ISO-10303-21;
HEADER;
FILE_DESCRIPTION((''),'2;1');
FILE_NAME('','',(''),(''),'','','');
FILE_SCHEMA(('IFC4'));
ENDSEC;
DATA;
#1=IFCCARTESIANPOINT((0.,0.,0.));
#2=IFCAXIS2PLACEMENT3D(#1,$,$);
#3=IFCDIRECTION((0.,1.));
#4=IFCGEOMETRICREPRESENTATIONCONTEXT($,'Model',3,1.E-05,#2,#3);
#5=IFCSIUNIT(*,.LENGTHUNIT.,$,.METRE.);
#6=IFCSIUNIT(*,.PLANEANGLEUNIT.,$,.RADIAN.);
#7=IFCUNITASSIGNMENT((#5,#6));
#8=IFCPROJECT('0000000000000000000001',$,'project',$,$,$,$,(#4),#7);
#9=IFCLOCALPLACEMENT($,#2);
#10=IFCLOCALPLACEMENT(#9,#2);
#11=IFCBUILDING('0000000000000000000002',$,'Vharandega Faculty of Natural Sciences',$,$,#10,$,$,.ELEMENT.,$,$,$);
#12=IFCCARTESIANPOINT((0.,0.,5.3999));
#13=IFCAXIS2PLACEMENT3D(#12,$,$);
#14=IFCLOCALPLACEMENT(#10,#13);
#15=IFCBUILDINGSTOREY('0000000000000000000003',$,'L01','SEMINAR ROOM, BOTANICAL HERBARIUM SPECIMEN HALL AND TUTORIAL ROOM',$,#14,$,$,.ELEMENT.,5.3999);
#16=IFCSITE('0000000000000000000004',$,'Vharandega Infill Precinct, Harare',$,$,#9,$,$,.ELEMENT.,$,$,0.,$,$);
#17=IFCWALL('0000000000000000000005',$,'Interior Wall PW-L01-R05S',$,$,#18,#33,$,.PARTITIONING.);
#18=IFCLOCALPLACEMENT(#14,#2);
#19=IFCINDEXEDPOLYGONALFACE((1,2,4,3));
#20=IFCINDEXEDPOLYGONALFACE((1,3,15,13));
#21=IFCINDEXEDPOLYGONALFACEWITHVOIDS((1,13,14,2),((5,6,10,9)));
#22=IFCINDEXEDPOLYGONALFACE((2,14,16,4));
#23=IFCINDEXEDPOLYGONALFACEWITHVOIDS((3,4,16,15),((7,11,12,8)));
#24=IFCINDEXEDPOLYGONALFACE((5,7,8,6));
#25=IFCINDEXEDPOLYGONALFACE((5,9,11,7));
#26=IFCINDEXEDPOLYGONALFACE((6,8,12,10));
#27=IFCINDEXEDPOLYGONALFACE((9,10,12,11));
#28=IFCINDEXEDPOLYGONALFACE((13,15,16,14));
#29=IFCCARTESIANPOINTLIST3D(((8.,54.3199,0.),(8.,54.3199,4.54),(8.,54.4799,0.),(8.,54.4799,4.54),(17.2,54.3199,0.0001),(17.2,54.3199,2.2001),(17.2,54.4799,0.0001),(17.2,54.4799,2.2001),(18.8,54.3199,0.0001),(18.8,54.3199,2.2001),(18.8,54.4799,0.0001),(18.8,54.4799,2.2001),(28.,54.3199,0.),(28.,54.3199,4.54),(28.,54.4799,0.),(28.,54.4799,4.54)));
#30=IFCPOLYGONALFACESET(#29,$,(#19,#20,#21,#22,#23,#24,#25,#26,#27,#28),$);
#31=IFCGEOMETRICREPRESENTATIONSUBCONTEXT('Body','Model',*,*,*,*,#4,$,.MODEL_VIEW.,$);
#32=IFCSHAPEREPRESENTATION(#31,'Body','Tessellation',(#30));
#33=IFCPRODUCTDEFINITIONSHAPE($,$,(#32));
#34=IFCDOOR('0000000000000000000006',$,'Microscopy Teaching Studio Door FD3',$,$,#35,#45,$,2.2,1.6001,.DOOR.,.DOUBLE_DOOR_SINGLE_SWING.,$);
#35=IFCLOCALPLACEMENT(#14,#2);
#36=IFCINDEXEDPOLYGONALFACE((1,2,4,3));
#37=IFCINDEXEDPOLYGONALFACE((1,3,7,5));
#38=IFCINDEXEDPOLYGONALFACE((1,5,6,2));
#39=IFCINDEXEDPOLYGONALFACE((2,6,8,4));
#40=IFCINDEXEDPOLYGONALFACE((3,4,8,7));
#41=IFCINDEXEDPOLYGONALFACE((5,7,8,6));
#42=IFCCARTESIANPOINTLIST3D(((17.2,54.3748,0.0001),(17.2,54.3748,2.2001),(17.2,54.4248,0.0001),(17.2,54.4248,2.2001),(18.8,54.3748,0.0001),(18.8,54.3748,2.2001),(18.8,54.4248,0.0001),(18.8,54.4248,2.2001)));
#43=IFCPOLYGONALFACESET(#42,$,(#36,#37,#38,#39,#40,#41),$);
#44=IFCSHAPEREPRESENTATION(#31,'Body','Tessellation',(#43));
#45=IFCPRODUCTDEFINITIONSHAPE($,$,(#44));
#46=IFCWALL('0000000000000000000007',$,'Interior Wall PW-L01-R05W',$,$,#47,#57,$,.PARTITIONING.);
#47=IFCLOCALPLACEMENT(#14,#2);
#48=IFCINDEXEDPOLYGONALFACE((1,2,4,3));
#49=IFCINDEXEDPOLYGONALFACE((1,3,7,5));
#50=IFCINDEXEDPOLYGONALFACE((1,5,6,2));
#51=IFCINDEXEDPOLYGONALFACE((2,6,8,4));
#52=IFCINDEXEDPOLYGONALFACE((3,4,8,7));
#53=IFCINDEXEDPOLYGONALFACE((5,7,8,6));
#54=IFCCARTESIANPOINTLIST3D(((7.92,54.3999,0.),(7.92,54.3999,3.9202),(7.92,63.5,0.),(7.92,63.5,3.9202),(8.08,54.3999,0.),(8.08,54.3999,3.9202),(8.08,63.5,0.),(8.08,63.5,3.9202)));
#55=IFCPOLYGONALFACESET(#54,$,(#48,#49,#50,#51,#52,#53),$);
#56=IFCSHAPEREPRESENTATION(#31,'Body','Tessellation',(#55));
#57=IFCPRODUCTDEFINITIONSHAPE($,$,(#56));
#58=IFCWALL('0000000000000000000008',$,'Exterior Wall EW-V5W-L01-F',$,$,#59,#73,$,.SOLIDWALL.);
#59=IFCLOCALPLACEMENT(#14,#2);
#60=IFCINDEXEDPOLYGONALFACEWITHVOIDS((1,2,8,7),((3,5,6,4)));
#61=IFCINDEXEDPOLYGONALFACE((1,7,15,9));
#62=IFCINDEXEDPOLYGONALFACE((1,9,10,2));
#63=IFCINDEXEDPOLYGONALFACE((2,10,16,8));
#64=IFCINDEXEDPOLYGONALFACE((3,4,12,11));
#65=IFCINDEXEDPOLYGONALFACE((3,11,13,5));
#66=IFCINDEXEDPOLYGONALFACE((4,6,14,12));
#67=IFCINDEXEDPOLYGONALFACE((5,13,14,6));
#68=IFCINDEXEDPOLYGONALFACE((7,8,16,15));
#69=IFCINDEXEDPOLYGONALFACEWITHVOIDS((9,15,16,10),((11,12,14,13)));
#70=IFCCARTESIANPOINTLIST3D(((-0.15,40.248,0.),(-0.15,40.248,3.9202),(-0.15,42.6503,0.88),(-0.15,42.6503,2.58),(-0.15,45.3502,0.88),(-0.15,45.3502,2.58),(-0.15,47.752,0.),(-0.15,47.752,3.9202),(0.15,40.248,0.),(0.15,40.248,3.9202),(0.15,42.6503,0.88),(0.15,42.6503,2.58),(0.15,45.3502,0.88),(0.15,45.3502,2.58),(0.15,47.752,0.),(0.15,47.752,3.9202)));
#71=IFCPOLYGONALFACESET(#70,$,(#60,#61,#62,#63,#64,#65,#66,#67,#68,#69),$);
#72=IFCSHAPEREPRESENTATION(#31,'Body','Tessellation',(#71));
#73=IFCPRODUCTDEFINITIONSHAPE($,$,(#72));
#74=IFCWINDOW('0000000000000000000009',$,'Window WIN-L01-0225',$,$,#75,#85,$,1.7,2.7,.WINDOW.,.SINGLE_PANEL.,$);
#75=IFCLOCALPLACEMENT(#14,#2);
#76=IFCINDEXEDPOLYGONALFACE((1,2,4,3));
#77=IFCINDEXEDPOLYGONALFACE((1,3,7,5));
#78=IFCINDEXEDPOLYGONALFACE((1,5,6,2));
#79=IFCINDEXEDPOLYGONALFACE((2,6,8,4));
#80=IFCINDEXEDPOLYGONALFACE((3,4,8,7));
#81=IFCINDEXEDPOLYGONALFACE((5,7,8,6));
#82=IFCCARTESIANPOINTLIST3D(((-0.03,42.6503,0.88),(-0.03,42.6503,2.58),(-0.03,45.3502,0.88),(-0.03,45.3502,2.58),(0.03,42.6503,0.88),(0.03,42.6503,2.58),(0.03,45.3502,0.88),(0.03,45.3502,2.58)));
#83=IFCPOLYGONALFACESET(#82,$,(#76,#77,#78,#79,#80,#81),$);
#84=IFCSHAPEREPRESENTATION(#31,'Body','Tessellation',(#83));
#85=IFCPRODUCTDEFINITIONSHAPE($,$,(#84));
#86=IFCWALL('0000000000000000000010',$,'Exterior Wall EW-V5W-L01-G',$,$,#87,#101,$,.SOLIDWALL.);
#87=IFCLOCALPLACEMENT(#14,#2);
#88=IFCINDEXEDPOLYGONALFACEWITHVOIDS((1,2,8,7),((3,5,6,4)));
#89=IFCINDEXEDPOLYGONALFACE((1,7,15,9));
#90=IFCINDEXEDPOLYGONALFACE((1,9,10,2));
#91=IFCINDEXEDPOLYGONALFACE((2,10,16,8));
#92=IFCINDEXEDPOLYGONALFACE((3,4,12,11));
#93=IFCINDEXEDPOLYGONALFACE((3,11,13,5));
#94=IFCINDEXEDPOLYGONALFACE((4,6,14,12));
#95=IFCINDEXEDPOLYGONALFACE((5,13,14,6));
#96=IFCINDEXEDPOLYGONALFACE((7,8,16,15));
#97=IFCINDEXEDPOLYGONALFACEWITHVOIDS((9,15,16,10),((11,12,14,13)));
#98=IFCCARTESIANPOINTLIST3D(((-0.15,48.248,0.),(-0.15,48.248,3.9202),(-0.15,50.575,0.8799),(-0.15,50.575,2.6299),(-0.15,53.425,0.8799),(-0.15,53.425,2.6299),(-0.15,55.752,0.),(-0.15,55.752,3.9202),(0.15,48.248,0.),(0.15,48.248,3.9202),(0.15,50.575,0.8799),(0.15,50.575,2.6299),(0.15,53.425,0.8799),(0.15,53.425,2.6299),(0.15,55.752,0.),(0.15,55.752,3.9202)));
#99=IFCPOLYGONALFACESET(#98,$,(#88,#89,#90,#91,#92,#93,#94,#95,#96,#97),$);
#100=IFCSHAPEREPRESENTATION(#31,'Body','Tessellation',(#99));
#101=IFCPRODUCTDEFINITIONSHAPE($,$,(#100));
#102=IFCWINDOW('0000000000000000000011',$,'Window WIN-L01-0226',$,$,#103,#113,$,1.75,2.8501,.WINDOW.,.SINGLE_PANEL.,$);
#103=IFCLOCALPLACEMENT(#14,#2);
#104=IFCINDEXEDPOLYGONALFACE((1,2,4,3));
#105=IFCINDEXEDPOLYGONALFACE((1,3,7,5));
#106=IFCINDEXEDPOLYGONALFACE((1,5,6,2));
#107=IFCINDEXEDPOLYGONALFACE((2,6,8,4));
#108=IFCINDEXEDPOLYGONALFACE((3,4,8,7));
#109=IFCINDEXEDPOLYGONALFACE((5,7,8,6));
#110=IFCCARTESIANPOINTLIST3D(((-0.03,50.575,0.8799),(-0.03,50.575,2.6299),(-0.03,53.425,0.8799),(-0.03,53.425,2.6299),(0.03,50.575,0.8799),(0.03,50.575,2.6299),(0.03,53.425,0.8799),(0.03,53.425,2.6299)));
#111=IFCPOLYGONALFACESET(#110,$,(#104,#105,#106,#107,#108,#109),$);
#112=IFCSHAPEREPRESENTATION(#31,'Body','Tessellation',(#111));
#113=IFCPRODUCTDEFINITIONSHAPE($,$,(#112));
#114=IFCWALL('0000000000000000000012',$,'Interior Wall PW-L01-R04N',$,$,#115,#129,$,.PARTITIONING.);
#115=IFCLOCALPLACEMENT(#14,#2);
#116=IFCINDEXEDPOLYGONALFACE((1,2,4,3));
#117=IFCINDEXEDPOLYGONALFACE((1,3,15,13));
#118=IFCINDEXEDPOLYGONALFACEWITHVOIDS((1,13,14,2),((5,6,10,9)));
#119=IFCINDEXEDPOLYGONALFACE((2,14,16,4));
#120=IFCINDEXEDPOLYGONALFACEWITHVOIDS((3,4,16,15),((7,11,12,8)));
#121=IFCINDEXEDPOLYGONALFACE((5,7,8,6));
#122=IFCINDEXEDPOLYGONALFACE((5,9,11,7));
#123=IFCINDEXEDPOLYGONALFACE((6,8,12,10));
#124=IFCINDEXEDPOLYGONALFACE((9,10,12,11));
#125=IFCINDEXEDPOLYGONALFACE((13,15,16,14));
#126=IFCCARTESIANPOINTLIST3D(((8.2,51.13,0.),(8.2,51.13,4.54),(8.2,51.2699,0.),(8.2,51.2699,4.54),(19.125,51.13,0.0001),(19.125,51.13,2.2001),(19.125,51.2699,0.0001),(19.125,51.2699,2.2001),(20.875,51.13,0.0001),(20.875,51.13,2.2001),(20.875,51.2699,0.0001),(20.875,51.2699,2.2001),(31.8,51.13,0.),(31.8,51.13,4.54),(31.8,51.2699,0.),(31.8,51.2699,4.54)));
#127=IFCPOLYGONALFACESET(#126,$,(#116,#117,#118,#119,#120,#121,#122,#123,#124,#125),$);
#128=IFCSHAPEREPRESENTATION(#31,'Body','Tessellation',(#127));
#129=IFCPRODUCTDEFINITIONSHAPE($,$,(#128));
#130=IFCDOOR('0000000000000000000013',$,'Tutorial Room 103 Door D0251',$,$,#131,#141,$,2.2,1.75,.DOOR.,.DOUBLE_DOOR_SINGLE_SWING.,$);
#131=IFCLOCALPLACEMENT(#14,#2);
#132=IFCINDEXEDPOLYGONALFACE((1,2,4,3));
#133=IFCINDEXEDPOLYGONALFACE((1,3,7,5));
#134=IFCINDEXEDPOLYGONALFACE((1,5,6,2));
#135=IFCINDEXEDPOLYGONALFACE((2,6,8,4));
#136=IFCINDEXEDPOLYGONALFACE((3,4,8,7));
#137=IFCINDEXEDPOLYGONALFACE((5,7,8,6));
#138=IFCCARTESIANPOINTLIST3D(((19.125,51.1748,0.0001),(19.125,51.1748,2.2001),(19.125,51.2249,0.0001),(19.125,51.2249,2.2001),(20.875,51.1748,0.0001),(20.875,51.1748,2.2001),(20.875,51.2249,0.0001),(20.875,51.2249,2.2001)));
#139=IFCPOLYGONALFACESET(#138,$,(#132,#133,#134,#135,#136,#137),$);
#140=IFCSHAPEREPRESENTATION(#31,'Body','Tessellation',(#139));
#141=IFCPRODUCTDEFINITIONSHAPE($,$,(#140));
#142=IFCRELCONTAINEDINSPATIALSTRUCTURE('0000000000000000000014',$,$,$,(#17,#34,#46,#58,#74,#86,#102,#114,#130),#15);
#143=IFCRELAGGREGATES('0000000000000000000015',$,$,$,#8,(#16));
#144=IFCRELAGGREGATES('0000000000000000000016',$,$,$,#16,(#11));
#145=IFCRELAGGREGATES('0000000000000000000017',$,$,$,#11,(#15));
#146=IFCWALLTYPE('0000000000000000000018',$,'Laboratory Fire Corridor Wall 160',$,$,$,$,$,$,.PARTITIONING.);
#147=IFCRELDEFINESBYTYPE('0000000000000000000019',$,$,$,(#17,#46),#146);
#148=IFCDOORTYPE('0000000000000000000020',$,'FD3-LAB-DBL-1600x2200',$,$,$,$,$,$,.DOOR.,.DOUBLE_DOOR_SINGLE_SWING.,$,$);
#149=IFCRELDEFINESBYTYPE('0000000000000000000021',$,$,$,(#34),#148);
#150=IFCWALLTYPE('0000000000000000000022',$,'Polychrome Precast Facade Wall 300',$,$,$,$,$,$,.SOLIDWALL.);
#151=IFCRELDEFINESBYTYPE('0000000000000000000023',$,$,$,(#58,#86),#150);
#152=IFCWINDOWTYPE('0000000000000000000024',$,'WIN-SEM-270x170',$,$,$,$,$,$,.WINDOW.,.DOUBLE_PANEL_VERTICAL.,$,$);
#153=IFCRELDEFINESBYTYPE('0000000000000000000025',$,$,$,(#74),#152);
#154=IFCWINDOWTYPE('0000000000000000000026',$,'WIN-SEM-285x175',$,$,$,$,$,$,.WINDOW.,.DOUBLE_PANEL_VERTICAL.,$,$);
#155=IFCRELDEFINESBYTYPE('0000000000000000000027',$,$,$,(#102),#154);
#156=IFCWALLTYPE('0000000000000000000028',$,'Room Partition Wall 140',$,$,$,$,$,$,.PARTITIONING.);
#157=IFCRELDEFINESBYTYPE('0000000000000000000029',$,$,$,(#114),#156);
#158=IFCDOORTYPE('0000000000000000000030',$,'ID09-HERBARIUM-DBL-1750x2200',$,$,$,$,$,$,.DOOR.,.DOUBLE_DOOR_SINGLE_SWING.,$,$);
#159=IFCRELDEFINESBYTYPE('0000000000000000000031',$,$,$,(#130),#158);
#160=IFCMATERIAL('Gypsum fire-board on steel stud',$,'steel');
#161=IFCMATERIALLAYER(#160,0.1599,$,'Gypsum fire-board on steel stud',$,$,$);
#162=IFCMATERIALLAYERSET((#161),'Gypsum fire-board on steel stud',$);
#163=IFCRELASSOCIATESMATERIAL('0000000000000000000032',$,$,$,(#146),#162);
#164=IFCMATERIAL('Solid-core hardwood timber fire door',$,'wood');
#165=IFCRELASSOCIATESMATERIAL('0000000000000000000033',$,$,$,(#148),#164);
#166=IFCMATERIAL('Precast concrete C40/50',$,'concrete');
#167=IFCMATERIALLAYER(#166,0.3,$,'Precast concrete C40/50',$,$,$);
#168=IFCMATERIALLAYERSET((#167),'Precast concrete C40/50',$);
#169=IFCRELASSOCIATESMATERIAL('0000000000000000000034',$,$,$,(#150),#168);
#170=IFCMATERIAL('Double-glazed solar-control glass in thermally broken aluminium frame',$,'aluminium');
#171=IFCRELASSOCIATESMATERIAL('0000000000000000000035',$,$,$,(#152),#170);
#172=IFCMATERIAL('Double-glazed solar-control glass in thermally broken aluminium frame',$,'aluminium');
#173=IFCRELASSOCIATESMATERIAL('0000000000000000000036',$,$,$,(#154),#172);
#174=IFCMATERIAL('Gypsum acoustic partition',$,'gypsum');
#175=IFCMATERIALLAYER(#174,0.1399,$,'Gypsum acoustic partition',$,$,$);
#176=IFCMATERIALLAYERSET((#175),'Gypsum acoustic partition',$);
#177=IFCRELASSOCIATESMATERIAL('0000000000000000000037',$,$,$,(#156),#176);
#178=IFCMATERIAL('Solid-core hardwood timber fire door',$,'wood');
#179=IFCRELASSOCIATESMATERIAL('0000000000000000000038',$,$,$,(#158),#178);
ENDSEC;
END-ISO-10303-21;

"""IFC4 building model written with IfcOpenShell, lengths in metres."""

from ifc_helpers import new_model, si_unit, direction, frame, frame_2d, origin, place, context, subcontext, project, spatial, rectangle, extrude, material, layer, layer_set, type_object, element, fill, save


model = new_model("IFC4")

# Units and contexts
model_context = context("Model", 3, precision=1e-05, world=origin(), true_north=direction((0.0, 1.0)))
body_context = subcontext(model_context, "Body", "Model", "MODEL_VIEW")
ifc_project = project(units=[si_unit("LENGTHUNIT", "METRE"), si_unit("PLANEANGLEUNIT", "RADIAN")], contexts=[model_context])

# Site, building, storey
site_placement = place(None, origin())
site = spatial("IfcSite", under=ifc_project, at=site_placement, Name="Vharandega Infill Precinct, Harare", CompositionType="ELEMENT", RefElevation=0.0)
building_placement = place(site_placement, origin())
building = spatial("IfcBuilding", under=site, at=building_placement, Name="Vharandega Faculty of Natural Sciences", CompositionType="ELEMENT")
storey_placement = place(building_placement, frame((0.0, 0.0, 5.3999)))
storey = spatial("IfcBuildingStorey", under=building, at=storey_placement, Name="L01", Description="SEMINAR ROOM, BOTANICAL HERBARIUM SPECIMEN HALL AND TUTORIAL ROOM", CompositionType="ELEMENT", Elevation=5.3999)

# Wall, opening, door
ifc_material_1 = material(Name="Gypsum fire-board on steel stud", Category="steel")
ifc_layer_1 = layer(ifc_material_1, 0.1599, Name="Gypsum fire-board on steel stud")
ifc_layer_set_1 = layer_set([ifc_layer_1], Name="Gypsum fire-board on steel stud")
wall_type_1 = type_object("IfcWallType", Name="Laboratory Fire Corridor Wall 160", PredefinedType="PARTITIONING", material=ifc_layer_set_1)
wall_1_placement = place(storey_placement, frame((8.0, 54.3999, 0.0), z_axis=(0.0, 0.0, 1.0), x_axis=(1.0, 0.0, 0.0)))
wall_1 = element("IfcWall", 1, at=wall_1_placement, inside=storey, type_object=wall_type_1, Name="Interior Wall PW-L01-R05S", PredefinedType="PARTITIONING", context=body_context, shape_type="SweptSolid", body=[
    extrude(rectangle(XDim=20.0, YDim=0.1599, at=frame_2d((10.0, 0.0))), origin(), (0.0, 0.0, 1.0), 4.54),
])
opening_1_placement = place(wall_1_placement, frame((9.2, 0.0, 0.0)))
opening_1 = element("IfcOpeningElement", 2, at=opening_1_placement, cuts=wall_1, PredefinedType="OPENING", context=body_context, shape_type="SweptSolid", body=[
    extrude(rectangle(XDim=1.6001, YDim=2.2, at=frame_2d((0.8, 1.1001))), frame((0.0, 0.0898, 0.0), z_axis=(0.0, -1.0, 0.0), x_axis=(1.0, 0.0, 0.0)), (0.0, 0.0, 1.0), 0.1799),
])
ifc_material_2 = material(Name="Solid-core hardwood timber fire door", Category="wood")
door_type_1 = type_object("IfcDoorType", Name="FD3-LAB-DBL-1600x2200", OperationType="DOUBLE_DOOR_SINGLE_SWING", PredefinedType="DOOR", material=ifc_material_2)
door_1_placement = place(opening_1_placement, origin())
door_1 = element("IfcDoor", 3, at=door_1_placement, inside=storey, type_object=door_type_1, Name="Microscopy Teaching Studio Door FD3", OperationType="DOUBLE_DOOR_SINGLE_SWING", OverallHeight=2.2, OverallWidth=1.6001, PredefinedType="DOOR", context=body_context, shape_type="SweptSolid", body=[
    extrude(rectangle(XDim=1.6001, YDim=2.2, at=frame_2d((0.8, 1.1001))), frame((0.0, 0.0249, 0.0), z_axis=(0.0, -1.0, 0.0), x_axis=(1.0, 0.0, 0.0)), (0.0, 0.0, 1.0), 0.05),
])
fill(opening_1, door_1)

# Wall
wall_2_placement = place(storey_placement, frame((8.0, 54.3999, 0.0), z_axis=(0.0, 0.0, 1.0), x_axis=(0.0, 1.0, 0.0)))
element("IfcWall", 4, at=wall_2_placement, inside=storey, type_object=wall_type_1, Name="Interior Wall PW-L01-R05W", PredefinedType="PARTITIONING", context=body_context, shape_type="SweptSolid", body=[
    extrude(rectangle(XDim=9.1001, YDim=0.1599, at=frame_2d((4.55, 0.0))), origin(), (0.0, 0.0, 1.0), 3.9202),
])

# Walls, openings, windows
ifc_material_3 = material(Name="Precast concrete C40/50", Category="concrete")
ifc_layer_2 = layer(ifc_material_3, 0.3, Name="Precast concrete C40/50")
ifc_layer_set_2 = layer_set([ifc_layer_2], Name="Precast concrete C40/50")
wall_type_2 = type_object("IfcWallType", Name="Polychrome Precast Facade Wall 300", PredefinedType="SOLIDWALL", material=ifc_layer_set_2)
wall_3_placement = place(storey_placement, frame((0.0, 40.248, 0.0), z_axis=(0.0, 0.0, 1.0), x_axis=(0.0, 1.0, 0.0)))
wall_3 = element("IfcWall", 5, at=wall_3_placement, inside=storey, type_object=wall_type_2, Name="Exterior Wall EW-V5W-L01-F", PredefinedType="SOLIDWALL", context=body_context, shape_type="SweptSolid", body=[
    extrude(rectangle(XDim=7.5039, YDim=0.3, at=frame_2d((3.752, 0.0))), origin(), (0.0, 0.0, 1.0), 3.9202),
])
opening_2_placement = place(wall_3_placement, frame((2.4021, 0.0, 0.8799)))
opening_2 = element("IfcOpeningElement", 6, at=opening_2_placement, cuts=wall_3, PredefinedType="OPENING", context=body_context, shape_type="SweptSolid", body=[
    extrude(rectangle(XDim=2.7, YDim=1.7, at=frame_2d((1.3501, 0.8501))), frame((0.0, 0.1602, 0.0), z_axis=(0.0, -1.0, 0.0), x_axis=(1.0, 0.0, 0.0)), (0.0, 0.0, 1.0), 0.3201),
])
ifc_material_4 = material(Name="Double-glazed solar-control glass in thermally broken aluminium frame", Category="aluminium")
window_type_1 = type_object("IfcWindowType", Name="WIN-SEM-270x170", PartitioningType="DOUBLE_PANEL_VERTICAL", PredefinedType="WINDOW", material=ifc_material_4)
window_1_placement = place(opening_2_placement, origin())
window_1 = element("IfcWindow", 7, at=window_1_placement, inside=storey, type_object=window_type_1, Name="Window WIN-L01-0225", OverallHeight=1.7, OverallWidth=2.7, PartitioningType="SINGLE_PANEL", PredefinedType="WINDOW", context=body_context, shape_type="SweptSolid", body=[
    extrude(rectangle(XDim=2.7, YDim=1.7, at=frame_2d((1.3501, 0.8501))), frame((0.0, 0.03, 0.0), z_axis=(0.0, -1.0, 0.0), x_axis=(1.0, 0.0, 0.0)), (0.0, 0.0, 1.0), 0.0601),
])
fill(opening_2, window_1)
wall_4_placement = place(storey_placement, frame((0.0, 48.248, 0.0), z_axis=(0.0, 0.0, 1.0), x_axis=(0.0, 1.0, 0.0)))
wall_4 = element("IfcWall", 8, at=wall_4_placement, inside=storey, type_object=wall_type_2, Name="Exterior Wall EW-V5W-L01-G", PredefinedType="SOLIDWALL", context=body_context, shape_type="SweptSolid", body=[
    extrude(rectangle(XDim=7.5039, YDim=0.3, at=frame_2d((3.752, 0.0))), origin(), (0.0, 0.0, 1.0), 3.9202),
])
opening_3_placement = place(wall_4_placement, frame((2.3269, 0.0, 0.8799)))
opening_3 = element("IfcOpeningElement", 9, at=opening_3_placement, cuts=wall_4, PredefinedType="OPENING", context=body_context, shape_type="SweptSolid", body=[
    extrude(rectangle(XDim=2.8501, YDim=1.75, at=frame_2d((1.425, 0.875))), frame((0.0, 0.1602, 0.0), z_axis=(0.0, -1.0, 0.0), x_axis=(1.0, 0.0, 0.0)), (0.0, 0.0, 1.0), 0.3201),
])
ifc_material_5 = material(Name="Double-glazed solar-control glass in thermally broken aluminium frame", Category="aluminium")
window_type_2 = type_object("IfcWindowType", Name="WIN-SEM-285x175", PartitioningType="DOUBLE_PANEL_VERTICAL", PredefinedType="WINDOW", material=ifc_material_5)
window_2_placement = place(opening_3_placement, origin())
window_2 = element("IfcWindow", 10, at=window_2_placement, inside=storey, type_object=window_type_2, Name="Window WIN-L01-0226", OverallHeight=1.75, OverallWidth=2.8501, PartitioningType="SINGLE_PANEL", PredefinedType="WINDOW", context=body_context, shape_type="SweptSolid", body=[
    extrude(rectangle(XDim=2.8501, YDim=1.75, at=frame_2d((1.425, 0.875))), frame((0.0, 0.03, 0.0), z_axis=(0.0, -1.0, 0.0), x_axis=(1.0, 0.0, 0.0)), (0.0, 0.0, 1.0), 0.0601),
])
fill(opening_3, window_2)

# Wall, opening, door
ifc_material_6 = material(Name="Gypsum acoustic partition", Category="gypsum")
ifc_layer_3 = layer(ifc_material_6, 0.1399, Name="Gypsum acoustic partition")
ifc_layer_set_3 = layer_set([ifc_layer_3], Name="Gypsum acoustic partition")
wall_type_3 = type_object("IfcWallType", Name="Room Partition Wall 140", PredefinedType="PARTITIONING", material=ifc_layer_set_3)
wall_5_placement = place(storey_placement, frame((8.2, 51.2, 0.0), z_axis=(0.0, 0.0, 1.0), x_axis=(1.0, 0.0, 0.0)))
wall_5 = element("IfcWall", 11, at=wall_5_placement, inside=storey, type_object=wall_type_3, Name="Interior Wall PW-L01-R04N", PredefinedType="PARTITIONING", context=body_context, shape_type="SweptSolid", body=[
    extrude(rectangle(XDim=23.6001, YDim=0.1399, at=frame_2d((11.8, 0.0))), origin(), (0.0, 0.0, 1.0), 4.54),
])
opening_4_placement = place(wall_5_placement, frame((10.925, 0.0, 0.0)))
opening_4 = element("IfcOpeningElement", 12, at=opening_4_placement, cuts=wall_5, PredefinedType="OPENING", context=body_context, shape_type="SweptSolid", body=[
    extrude(rectangle(XDim=1.75, YDim=2.2, at=frame_2d((0.875, 1.1001))), frame((0.0, 0.0801, 0.0), z_axis=(0.0, -1.0, 0.0), x_axis=(1.0, 0.0, 0.0)), (0.0, 0.0, 1.0), 0.1599),
])
ifc_material_7 = material(Name="Solid-core hardwood timber fire door", Category="wood")
door_type_2 = type_object("IfcDoorType", Name="ID09-HERBARIUM-DBL-1750x2200", OperationType="DOUBLE_DOOR_SINGLE_SWING", PredefinedType="DOOR", material=ifc_material_7)
door_2_placement = place(opening_4_placement, origin())
door_2 = element("IfcDoor", 13, at=door_2_placement, inside=storey, type_object=door_type_2, Name="Tutorial Room 103 Door D0251", OperationType="DOUBLE_DOOR_SINGLE_SWING", OverallHeight=2.2, OverallWidth=1.75, PredefinedType="DOOR", context=body_context, shape_type="SweptSolid", body=[
    extrude(rectangle(XDim=1.75, YDim=2.2, at=frame_2d((0.875, 1.1001))), frame((0.0, 0.0249, 0.0), z_axis=(0.0, -1.0, 0.0), x_axis=(1.0, 0.0, 0.0)), (0.0, 0.0, 1.0), 0.05),
])
fill(opening_4, door_2)

save(model, "model.ifc")
